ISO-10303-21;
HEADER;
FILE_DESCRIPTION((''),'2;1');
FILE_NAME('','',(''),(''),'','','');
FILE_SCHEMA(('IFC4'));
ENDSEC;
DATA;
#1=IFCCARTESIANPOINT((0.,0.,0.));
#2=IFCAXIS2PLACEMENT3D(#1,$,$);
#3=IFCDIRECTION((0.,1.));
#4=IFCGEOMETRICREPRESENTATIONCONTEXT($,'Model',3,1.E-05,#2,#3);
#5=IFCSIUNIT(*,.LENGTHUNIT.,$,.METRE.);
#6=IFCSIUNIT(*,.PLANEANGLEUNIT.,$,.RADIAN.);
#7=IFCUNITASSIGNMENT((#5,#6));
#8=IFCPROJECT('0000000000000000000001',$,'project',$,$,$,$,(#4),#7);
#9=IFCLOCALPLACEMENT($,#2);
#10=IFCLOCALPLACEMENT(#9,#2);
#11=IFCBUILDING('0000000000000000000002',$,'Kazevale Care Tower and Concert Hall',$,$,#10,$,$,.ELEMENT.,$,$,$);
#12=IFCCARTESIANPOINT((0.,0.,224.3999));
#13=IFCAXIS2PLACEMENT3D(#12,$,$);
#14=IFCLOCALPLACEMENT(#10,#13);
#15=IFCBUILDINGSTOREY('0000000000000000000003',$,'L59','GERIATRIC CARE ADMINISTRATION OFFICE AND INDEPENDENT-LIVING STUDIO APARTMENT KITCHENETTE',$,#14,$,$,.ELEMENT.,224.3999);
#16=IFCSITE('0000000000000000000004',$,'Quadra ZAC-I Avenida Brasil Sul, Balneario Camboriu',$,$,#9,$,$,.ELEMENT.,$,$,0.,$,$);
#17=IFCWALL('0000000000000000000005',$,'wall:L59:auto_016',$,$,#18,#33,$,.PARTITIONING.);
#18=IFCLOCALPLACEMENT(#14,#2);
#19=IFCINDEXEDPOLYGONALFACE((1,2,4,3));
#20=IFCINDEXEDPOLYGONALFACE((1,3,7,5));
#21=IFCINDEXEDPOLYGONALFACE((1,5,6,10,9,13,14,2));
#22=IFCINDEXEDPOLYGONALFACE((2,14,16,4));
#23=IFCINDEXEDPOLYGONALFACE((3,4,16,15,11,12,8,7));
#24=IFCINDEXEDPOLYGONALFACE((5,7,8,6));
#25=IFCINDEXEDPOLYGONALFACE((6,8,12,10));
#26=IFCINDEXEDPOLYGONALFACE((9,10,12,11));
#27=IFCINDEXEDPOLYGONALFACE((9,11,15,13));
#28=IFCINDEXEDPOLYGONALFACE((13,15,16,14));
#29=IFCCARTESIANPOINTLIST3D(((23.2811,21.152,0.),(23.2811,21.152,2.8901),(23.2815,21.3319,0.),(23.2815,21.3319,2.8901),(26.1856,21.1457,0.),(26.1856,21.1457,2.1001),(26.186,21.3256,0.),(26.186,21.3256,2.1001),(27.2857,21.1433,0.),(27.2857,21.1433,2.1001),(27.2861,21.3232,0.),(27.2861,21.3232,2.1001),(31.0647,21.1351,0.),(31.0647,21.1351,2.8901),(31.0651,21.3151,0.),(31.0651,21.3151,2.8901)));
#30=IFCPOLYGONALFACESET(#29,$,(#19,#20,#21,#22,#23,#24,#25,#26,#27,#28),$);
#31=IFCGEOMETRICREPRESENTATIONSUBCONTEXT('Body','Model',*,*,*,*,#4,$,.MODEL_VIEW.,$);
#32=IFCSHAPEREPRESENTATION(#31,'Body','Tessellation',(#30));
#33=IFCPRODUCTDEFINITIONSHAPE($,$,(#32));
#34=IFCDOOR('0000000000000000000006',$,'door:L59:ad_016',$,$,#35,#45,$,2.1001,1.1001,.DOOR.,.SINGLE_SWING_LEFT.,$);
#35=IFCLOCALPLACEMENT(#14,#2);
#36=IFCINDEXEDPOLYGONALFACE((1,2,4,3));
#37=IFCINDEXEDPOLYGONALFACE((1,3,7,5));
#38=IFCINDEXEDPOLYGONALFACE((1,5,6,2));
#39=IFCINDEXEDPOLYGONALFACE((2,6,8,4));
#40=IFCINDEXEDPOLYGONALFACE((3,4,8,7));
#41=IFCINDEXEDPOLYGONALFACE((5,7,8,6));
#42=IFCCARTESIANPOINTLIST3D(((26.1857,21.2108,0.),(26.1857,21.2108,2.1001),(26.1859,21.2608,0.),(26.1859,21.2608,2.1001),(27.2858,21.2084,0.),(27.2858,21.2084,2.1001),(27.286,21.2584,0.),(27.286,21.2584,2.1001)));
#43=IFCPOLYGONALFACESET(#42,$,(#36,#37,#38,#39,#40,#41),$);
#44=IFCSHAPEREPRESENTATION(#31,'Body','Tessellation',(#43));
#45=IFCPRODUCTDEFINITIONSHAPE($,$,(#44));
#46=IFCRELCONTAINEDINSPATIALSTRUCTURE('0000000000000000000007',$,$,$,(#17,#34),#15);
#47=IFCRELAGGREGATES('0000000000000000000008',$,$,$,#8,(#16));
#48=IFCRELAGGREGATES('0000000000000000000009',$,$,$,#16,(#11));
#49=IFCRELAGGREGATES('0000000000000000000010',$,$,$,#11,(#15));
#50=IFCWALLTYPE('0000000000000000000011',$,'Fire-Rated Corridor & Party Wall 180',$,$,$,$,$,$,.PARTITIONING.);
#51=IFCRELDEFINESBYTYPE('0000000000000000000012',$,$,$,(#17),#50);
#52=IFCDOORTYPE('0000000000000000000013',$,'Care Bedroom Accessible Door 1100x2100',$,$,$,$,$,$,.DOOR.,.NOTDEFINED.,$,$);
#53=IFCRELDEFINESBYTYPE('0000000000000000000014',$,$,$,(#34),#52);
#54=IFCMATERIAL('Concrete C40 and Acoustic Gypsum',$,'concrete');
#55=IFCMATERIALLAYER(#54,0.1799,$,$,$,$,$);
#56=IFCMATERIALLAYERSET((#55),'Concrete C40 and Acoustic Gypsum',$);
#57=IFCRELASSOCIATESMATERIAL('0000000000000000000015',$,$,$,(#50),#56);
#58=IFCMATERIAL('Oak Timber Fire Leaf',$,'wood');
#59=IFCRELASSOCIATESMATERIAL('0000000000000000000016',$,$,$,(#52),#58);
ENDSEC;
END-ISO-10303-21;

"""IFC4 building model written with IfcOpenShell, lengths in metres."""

from ifc_helpers import new_model, si_unit, direction, frame, frame_2d, origin, place, context, subcontext, project, spatial, rectangle, extrude, material, layer, layer_set, type_object, element, fill, save


model = new_model("IFC4")

# Units and contexts
model_context = context("Model", 3, precision=1e-05, world=origin(), true_north=direction((0.0, 1.0)))
body_context = subcontext(model_context, "Body", "Model", "MODEL_VIEW")
ifc_project = project(units=[si_unit("LENGTHUNIT", "METRE"), si_unit("PLANEANGLEUNIT", "RADIAN")], contexts=[model_context])

# Site, building, storey
site_placement = place(None, origin())
site = spatial("IfcSite", under=ifc_project, at=site_placement, Name="Quadra ZAC-I Avenida Brasil Sul, Balneario Camboriu", CompositionType="ELEMENT", RefElevation=0.0)
building_placement = place(site_placement, origin())
building = spatial("IfcBuilding", under=site, at=building_placement, Name="Kazevale Care Tower and Concert Hall", CompositionType="ELEMENT")
storey_placement = place(building_placement, frame((0.0, 0.0, 224.3999)))
storey = spatial("IfcBuildingStorey", under=building, at=storey_placement, Name="L59", Description="GERIATRIC CARE ADMINISTRATION OFFICE AND INDEPENDENT-LIVING STUDIO APARTMENT KITCHENETTE", CompositionType="ELEMENT", Elevation=224.3999)

# Wall, opening, door
ifc_material_1 = material(Name="Concrete C40 and Acoustic Gypsum", Category="concrete")
ifc_layer_1 = layer(ifc_material_1, 0.1799)
ifc_layer_set_1 = layer_set([ifc_layer_1], Name="Concrete C40 and Acoustic Gypsum")
wall_type_1 = type_object("IfcWallType", Name="Fire-Rated Corridor & Party Wall 180", PredefinedType="PARTITIONING", material=ifc_layer_set_1)
wall_1_placement = place(storey_placement, frame((31.0649, 21.2251, 0.0), z_axis=(0.0, 0.0, 1.0), x_axis=(-0.999998, 0.002164, 0.0)))
wall_1 = element("IfcWall", 1, at=wall_1_placement, inside=storey, type_object=wall_type_1, Name="wall:L59:auto_016", PredefinedType="PARTITIONING", context=body_context, shape_type="SweptSolid", body=[
    extrude(rectangle(XDim=7.7837, YDim=0.1799, at=frame_2d((3.8918, 0.0))), origin(), (0.0, 0.0, 1.0), 2.8901),
])
opening_placement = place(wall_1_placement, frame((3.7791, 0.0, 0.0)))
opening = element("IfcOpeningElement", 2, at=opening_placement, cuts=wall_1, PredefinedType="OPENING", context=body_context, shape_type="SweptSolid", body=[
    extrude(rectangle(XDim=1.1001, YDim=2.1001, at=frame_2d((0.55, 1.05))), frame((0.0, 0.0999, 0.0), z_axis=(0.0, -1.0, 0.0), x_axis=(1.0, 0.0, 0.0)), (0.0, 0.0, 1.0), 0.2),
])
ifc_material_2 = material(Name="Oak Timber Fire Leaf", Category="wood")
door_type = type_object("IfcDoorType", Name="Care Bedroom Accessible Door 1100x2100", OperationType="NOTDEFINED", PredefinedType="DOOR", material=ifc_material_2)
door_placement = place(opening_placement, origin())
door = element("IfcDoor", 3, at=door_placement, inside=storey, type_object=door_type, Name="door:L59:ad_016", OperationType="SINGLE_SWING_LEFT", OverallHeight=2.1001, OverallWidth=1.1001, PredefinedType="DOOR", context=body_context, shape_type="SweptSolid", body=[
    extrude(rectangle(XDim=1.1001, YDim=2.1001, at=frame_2d((0.55, 1.05))), frame((0.0, 0.0249, 0.0), z_axis=(0.0, -1.0, 0.0), x_axis=(1.0, 0.0, 0.0)), (0.0, 0.0, 1.0), 0.05),
])
fill(opening, door)

save(model, "model.ifc")
